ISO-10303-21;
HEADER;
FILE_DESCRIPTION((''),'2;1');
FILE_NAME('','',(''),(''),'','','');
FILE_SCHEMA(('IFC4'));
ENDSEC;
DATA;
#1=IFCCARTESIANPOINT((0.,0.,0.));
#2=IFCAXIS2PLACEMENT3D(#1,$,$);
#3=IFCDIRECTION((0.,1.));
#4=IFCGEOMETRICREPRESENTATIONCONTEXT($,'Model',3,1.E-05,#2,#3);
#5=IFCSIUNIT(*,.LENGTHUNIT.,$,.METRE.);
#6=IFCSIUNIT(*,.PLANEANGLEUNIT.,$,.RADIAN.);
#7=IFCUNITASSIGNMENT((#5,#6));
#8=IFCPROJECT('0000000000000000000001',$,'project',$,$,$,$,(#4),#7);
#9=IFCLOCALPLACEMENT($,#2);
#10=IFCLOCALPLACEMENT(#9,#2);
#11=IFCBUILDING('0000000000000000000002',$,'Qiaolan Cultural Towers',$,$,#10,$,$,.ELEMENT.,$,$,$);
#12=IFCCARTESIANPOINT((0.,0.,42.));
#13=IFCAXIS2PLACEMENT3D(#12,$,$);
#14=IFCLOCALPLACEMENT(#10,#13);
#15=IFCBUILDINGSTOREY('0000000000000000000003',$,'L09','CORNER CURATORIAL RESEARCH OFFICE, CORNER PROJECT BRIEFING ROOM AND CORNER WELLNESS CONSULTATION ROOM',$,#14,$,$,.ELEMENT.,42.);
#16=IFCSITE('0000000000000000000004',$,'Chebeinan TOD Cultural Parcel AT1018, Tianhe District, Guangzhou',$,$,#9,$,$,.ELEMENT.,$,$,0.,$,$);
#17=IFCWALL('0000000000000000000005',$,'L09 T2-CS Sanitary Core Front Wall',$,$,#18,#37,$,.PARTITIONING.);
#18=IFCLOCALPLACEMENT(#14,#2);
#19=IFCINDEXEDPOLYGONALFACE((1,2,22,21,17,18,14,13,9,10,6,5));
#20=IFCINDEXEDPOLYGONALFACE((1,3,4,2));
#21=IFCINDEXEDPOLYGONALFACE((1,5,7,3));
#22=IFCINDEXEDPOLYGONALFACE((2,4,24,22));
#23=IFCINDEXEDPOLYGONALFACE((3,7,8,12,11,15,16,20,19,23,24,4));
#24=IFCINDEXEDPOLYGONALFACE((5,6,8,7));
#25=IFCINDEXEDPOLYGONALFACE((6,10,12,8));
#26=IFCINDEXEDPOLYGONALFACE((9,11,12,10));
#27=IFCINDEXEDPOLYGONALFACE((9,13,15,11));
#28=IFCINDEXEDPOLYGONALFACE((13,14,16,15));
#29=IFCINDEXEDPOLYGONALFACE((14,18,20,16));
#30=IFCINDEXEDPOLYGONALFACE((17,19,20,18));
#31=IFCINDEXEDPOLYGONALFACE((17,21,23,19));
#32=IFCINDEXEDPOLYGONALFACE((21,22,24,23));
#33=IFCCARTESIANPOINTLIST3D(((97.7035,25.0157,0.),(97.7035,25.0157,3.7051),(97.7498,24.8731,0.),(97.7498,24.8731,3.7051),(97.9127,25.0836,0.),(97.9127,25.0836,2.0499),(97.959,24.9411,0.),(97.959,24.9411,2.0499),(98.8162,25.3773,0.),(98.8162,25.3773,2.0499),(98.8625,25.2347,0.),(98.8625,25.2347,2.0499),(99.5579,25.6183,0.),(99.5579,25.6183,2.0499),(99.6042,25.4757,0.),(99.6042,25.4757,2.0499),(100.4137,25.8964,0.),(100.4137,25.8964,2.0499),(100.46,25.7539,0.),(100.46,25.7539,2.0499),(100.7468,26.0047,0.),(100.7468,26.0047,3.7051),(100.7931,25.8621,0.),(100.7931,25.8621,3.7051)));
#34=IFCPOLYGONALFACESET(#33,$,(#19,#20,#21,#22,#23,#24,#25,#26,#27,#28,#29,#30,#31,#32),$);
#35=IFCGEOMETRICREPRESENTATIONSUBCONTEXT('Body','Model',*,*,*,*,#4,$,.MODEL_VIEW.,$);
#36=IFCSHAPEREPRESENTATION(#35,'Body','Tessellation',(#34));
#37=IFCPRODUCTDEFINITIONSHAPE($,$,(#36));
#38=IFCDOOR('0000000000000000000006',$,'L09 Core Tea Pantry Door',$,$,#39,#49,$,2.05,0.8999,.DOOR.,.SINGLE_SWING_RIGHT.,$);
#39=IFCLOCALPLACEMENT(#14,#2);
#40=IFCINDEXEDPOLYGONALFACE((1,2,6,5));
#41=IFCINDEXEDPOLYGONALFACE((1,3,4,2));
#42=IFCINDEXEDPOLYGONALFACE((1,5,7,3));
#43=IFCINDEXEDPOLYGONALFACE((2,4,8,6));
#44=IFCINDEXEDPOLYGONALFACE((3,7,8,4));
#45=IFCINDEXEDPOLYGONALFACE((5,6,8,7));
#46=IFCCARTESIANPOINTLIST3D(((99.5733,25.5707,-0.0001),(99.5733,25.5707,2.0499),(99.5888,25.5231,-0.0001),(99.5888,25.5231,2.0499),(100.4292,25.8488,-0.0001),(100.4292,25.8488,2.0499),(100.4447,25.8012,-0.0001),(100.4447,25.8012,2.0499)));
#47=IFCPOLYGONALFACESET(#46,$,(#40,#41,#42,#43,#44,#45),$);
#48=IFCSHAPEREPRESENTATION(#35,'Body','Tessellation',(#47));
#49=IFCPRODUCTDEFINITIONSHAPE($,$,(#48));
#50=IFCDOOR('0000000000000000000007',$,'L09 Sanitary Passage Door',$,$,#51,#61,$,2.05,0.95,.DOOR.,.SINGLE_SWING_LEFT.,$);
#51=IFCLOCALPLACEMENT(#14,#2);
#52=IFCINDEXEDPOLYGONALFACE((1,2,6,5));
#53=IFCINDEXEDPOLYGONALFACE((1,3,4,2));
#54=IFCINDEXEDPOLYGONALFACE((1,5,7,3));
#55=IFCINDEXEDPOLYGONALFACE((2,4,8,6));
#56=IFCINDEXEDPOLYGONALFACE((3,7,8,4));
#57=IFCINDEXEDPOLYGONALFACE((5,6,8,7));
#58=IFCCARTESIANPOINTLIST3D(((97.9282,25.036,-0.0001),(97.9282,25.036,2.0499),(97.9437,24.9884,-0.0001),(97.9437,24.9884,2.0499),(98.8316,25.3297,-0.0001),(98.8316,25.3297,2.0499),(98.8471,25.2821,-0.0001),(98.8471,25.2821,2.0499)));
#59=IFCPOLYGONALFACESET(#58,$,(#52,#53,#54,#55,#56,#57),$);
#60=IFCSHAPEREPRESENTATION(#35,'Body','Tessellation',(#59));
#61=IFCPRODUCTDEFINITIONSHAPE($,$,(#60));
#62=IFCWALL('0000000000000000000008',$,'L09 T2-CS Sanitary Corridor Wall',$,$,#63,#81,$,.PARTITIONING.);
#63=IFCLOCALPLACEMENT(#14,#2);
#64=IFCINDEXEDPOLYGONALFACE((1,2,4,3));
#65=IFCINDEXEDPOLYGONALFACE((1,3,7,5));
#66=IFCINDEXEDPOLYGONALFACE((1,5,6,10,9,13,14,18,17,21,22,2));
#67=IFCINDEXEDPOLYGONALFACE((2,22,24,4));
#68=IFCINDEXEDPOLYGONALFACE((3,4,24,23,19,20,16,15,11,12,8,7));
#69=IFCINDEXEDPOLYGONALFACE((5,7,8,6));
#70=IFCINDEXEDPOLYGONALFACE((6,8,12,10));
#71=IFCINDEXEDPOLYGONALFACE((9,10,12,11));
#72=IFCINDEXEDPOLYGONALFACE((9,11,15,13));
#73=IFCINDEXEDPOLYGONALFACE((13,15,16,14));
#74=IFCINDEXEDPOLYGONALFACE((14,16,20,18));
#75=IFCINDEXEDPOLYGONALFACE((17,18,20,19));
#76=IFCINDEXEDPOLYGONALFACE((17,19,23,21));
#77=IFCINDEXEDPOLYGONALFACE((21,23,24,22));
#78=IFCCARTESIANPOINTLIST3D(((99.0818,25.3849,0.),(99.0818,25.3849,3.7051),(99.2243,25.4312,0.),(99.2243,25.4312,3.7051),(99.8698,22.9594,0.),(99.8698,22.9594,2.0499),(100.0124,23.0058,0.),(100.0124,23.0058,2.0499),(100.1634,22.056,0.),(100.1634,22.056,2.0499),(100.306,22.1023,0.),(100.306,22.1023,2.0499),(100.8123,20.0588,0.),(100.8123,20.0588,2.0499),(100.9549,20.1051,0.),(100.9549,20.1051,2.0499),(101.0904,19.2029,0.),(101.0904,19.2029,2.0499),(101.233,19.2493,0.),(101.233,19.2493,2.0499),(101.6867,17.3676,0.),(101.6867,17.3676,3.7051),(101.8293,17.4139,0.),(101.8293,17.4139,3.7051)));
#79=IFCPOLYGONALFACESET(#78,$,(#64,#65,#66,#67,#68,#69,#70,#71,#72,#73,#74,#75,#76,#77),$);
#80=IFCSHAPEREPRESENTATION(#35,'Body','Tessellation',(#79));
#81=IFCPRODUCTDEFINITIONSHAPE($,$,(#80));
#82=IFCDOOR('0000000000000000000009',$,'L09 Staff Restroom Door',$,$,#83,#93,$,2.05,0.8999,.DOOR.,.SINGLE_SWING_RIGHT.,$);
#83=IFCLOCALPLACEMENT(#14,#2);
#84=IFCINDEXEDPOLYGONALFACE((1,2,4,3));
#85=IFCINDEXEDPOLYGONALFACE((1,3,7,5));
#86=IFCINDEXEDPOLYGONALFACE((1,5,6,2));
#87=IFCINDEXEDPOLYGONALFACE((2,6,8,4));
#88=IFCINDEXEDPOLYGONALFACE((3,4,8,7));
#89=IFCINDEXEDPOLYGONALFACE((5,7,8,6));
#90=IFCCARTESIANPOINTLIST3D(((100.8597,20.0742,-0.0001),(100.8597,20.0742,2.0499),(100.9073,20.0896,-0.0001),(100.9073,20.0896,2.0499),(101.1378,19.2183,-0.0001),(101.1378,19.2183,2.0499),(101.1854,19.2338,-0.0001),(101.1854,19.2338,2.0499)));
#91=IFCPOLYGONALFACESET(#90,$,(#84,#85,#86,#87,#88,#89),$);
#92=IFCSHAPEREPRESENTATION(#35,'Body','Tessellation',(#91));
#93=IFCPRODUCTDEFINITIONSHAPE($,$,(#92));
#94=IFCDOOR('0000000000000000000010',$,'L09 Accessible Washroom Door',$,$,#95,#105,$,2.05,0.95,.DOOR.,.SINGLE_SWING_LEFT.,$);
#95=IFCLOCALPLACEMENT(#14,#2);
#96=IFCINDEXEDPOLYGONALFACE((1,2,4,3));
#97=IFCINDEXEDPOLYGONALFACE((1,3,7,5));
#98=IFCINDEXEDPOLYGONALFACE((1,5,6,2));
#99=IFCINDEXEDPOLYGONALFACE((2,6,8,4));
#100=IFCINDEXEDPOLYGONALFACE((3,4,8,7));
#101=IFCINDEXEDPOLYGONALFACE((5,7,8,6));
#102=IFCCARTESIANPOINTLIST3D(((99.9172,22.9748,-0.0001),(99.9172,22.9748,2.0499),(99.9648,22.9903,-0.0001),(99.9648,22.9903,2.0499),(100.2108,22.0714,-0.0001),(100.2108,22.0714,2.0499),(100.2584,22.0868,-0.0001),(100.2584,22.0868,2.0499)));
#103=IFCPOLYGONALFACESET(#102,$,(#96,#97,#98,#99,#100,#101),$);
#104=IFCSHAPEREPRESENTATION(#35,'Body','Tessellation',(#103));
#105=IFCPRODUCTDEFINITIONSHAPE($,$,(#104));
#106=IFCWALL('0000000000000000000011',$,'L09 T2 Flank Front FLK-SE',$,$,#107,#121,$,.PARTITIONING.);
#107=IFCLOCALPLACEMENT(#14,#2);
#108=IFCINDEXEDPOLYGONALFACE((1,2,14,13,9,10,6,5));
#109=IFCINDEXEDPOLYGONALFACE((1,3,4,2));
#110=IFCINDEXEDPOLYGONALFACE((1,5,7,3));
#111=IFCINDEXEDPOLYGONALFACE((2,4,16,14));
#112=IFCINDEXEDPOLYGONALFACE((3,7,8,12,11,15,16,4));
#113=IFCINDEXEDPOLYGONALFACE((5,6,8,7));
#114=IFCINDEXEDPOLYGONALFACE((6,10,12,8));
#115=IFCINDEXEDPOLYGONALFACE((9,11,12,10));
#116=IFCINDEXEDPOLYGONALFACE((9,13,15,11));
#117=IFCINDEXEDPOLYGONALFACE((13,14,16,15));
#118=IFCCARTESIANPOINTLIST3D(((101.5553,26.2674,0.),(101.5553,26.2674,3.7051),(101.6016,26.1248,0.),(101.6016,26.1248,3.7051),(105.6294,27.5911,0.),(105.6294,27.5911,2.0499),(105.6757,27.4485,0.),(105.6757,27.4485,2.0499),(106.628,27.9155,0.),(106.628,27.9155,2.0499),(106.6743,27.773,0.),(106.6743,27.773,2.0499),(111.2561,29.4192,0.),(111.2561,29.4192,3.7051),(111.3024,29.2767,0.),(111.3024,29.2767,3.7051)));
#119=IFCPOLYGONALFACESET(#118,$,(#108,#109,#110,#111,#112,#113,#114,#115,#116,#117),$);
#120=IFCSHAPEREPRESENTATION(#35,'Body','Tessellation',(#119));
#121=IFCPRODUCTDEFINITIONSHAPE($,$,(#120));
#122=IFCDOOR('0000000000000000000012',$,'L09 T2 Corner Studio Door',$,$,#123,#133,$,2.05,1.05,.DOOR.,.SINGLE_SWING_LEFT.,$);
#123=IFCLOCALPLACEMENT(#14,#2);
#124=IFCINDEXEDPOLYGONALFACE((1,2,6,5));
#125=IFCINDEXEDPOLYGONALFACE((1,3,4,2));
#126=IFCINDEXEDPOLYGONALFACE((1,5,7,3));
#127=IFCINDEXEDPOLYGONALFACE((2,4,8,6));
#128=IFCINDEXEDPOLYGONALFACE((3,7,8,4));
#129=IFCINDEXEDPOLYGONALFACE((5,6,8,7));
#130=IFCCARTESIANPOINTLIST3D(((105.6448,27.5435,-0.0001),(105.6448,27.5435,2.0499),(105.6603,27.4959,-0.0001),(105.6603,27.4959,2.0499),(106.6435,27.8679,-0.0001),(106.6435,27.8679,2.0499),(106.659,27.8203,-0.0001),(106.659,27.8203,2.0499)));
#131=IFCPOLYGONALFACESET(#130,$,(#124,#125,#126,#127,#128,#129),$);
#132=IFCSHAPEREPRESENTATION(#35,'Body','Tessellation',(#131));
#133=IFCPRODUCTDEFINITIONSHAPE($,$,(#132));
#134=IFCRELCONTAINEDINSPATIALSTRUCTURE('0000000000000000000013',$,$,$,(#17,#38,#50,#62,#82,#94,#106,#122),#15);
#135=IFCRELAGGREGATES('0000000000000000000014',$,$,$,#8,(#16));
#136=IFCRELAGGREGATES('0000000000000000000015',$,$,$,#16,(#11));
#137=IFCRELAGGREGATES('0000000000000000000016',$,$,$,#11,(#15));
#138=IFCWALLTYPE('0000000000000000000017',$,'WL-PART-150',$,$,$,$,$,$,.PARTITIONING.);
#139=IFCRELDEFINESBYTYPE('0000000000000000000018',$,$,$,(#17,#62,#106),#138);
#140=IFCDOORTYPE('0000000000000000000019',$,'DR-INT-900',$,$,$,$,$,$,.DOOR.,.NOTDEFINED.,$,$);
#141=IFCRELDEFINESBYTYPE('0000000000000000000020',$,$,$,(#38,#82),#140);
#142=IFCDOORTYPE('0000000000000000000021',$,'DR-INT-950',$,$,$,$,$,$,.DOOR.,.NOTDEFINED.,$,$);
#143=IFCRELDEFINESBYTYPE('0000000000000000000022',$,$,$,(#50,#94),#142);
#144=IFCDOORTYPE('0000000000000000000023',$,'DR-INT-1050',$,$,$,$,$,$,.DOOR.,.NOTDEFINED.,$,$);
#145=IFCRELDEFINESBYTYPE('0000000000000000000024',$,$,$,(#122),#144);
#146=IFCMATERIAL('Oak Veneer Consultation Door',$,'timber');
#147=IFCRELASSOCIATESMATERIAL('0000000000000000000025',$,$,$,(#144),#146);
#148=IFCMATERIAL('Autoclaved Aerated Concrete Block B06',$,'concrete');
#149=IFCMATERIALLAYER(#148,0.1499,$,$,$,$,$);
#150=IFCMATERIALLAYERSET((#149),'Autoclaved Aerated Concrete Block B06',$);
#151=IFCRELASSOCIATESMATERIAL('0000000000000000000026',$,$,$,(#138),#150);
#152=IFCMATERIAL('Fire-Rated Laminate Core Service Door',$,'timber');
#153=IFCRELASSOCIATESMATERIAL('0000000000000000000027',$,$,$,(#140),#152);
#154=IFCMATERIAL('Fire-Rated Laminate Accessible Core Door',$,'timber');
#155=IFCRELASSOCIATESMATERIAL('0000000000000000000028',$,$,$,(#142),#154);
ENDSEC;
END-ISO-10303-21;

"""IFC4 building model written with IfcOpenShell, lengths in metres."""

from ifc_helpers import new_model, si_unit, direction, frame, frame_2d, origin, place, context, subcontext, project, spatial, rectangle, extrude, material, layer, layer_set, type_object, element, fill, save


model = new_model("IFC4")

# Units and contexts
model_context = context("Model", 3, precision=1e-05, world=origin(), true_north=direction((0.0, 1.0)))
body_context = subcontext(model_context, "Body", "Model", "MODEL_VIEW")
ifc_project = project(units=[si_unit("LENGTHUNIT", "METRE"), si_unit("PLANEANGLEUNIT", "RADIAN")], contexts=[model_context])

# Site, building, storey
site_placement = place(None, origin())
site = spatial("IfcSite", under=ifc_project, at=site_placement, Name="Chebeinan TOD Cultural Parcel AT1018, Tianhe District, Guangzhou", CompositionType="ELEMENT", RefElevation=0.0)
building_placement = place(site_placement, origin())
building = spatial("IfcBuilding", under=site, at=building_placement, Name="Qiaolan Cultural Towers", CompositionType="ELEMENT")
storey_placement = place(building_placement, frame((0.0, 0.0, 42.0)))
storey = spatial("IfcBuildingStorey", under=building, at=storey_placement, Name="L09", Description="CORNER CURATORIAL RESEARCH OFFICE, CORNER PROJECT BRIEFING ROOM AND CORNER WELLNESS CONSULTATION ROOM", CompositionType="ELEMENT", Elevation=42.0)

# Walls, openings, doors
ifc_material_1 = material(Name="Oak Veneer Consultation Door", Category="timber")
door_type_1 = type_object("IfcDoorType", Name="DR-INT-1050", OperationType="NOTDEFINED", PredefinedType="DOOR", material=ifc_material_1)
ifc_material_2 = material(Name="Autoclaved Aerated Concrete Block B06", Category="concrete")
ifc_layer_1 = layer(ifc_material_2, 0.1499)
ifc_layer_set_1 = layer_set([ifc_layer_1], Name="Autoclaved Aerated Concrete Block B06")
wall_type_1 = type_object("IfcWallType", Name="WL-PART-150", PredefinedType="PARTITIONING", material=ifc_layer_set_1)
wall_1_placement = place(storey_placement, frame((97.7266, 24.9443, 0.0), z_axis=(0.0, 0.0, 1.0), x_axis=(0.951037, 0.309077, 0.0)))
wall_1 = element("IfcWall", 1, at=wall_1_placement, inside=storey, type_object=wall_type_1, Name="L09 T2-CS Sanitary Core Front Wall", PredefinedType="PARTITIONING", context=body_context, shape_type="SweptSolid", body=[
    extrude(rectangle(XDim=3.2, YDim=0.1499, at=frame_2d((1.6001, 0.0))), origin(), (0.0, 0.0, 1.0), 3.7051),
])
opening_1_placement = place(wall_1_placement, frame((0.22, 0.0, 0.0)))
opening_1 = element("IfcOpeningElement", 2, at=opening_1_placement, cuts=wall_1, PredefinedType="OPENING", context=body_context, shape_type="SweptSolid", body=[
    extrude(rectangle(XDim=0.95, YDim=2.05, at=frame_2d((0.4751, 1.0249))), frame((0.0, 0.085, 0.0), z_axis=(0.0, -1.0, 0.0), x_axis=(1.0, 0.0, 0.0)), (0.0, 0.0, 1.0), 0.1699),
])
opening_2_placement = place(wall_1_placement, frame((1.95, 0.0, 0.0)))
opening_2 = element("IfcOpeningElement", 3, at=opening_2_placement, cuts=wall_1, PredefinedType="OPENING", context=body_context, shape_type="SweptSolid", body=[
    extrude(rectangle(XDim=0.8999, YDim=2.05, at=frame_2d((0.45, 1.0249))), frame((0.0, 0.085, 0.0), z_axis=(0.0, -1.0, 0.0), x_axis=(1.0, 0.0, 0.0)), (0.0, 0.0, 1.0), 0.1699),
])
ifc_material_3 = material(Name="Fire-Rated Laminate Core Service Door", Category="timber")
door_type_2 = type_object("IfcDoorType", Name="DR-INT-900", OperationType="NOTDEFINED", PredefinedType="DOOR", material=ifc_material_3)
door_1_placement = place(opening_2_placement, origin())
door_1 = element("IfcDoor", 4, at=door_1_placement, inside=storey, type_object=door_type_2, Name="L09 Core Tea Pantry Door", OperationType="SINGLE_SWING_RIGHT", OverallHeight=2.05, OverallWidth=0.8999, PredefinedType="DOOR", context=body_context, shape_type="SweptSolid", body=[
    extrude(rectangle(XDim=0.8999, YDim=2.05, at=frame_2d((0.45, 1.0249))), frame((0.0, 0.0249, 0.0), z_axis=(0.0, -1.0, 0.0), x_axis=(1.0, 0.0, 0.0)), (0.0, 0.0, 1.0), 0.05),
])
fill(opening_2, door_1)
ifc_material_4 = material(Name="Fire-Rated Laminate Accessible Core Door", Category="timber")
door_type_3 = type_object("IfcDoorType", Name="DR-INT-950", OperationType="NOTDEFINED", PredefinedType="DOOR", material=ifc_material_4)
door_2_placement = place(opening_1_placement, origin())
door_2 = element("IfcDoor", 5, at=door_2_placement, inside=storey, type_object=door_type_3, Name="L09 Sanitary Passage Door", OperationType="SINGLE_SWING_LEFT", OverallHeight=2.05, OverallWidth=0.95, PredefinedType="DOOR", context=body_context, shape_type="SweptSolid", body=[
    extrude(rectangle(XDim=0.95, YDim=2.05, at=frame_2d((0.4751, 1.0249))), frame((0.0, 0.0249, 0.0), z_axis=(0.0, -1.0, 0.0), x_axis=(1.0, 0.0, 0.0)), (0.0, 0.0, 1.0), 0.05),
])
fill(opening_1, door_2)
wall_2_placement = place(storey_placement, frame((99.1531, 25.408, 0.0), z_axis=(0.0, 0.0, 1.0), x_axis=(0.309016, -0.951057, 0.0)))
wall_2 = element("IfcWall", 6, at=wall_2_placement, inside=storey, type_object=wall_type_1, Name="L09 T2-CS Sanitary Corridor Wall", PredefinedType="PARTITIONING", context=body_context, shape_type="SweptSolid", body=[
    extrude(rectangle(XDim=8.4299, YDim=0.1499, at=frame_2d((4.2148, 0.0))), origin(), (0.0, 0.0, 1.0), 3.7051),
])
opening_3_placement = place(wall_2_placement, frame((2.55, 0.0, 0.0)))
opening_3 = element("IfcOpeningElement", 7, at=opening_3_placement, cuts=wall_2, PredefinedType="OPENING", context=body_context, shape_type="SweptSolid", body=[
    extrude(rectangle(XDim=0.95, YDim=2.05, at=frame_2d((0.4751, 1.0249))), frame((0.0, 0.085, 0.0), z_axis=(0.0, -1.0, 0.0), x_axis=(1.0, 0.0, 0.0)), (0.0, 0.0, 1.0), 0.1699),
])
opening_4_placement = place(wall_2_placement, frame((5.6001, 0.0, 0.0)))
opening_4 = element("IfcOpeningElement", 8, at=opening_4_placement, cuts=wall_2, PredefinedType="OPENING", context=body_context, shape_type="SweptSolid", body=[
    extrude(rectangle(XDim=0.8999, YDim=2.05, at=frame_2d((0.45, 1.0249))), frame((0.0, 0.085, 0.0), z_axis=(0.0, -1.0, 0.0), x_axis=(1.0, 0.0, 0.0)), (0.0, 0.0, 1.0), 0.1699),
])
door_3_placement = place(opening_4_placement, origin())
door_3 = element("IfcDoor", 9, at=door_3_placement, inside=storey, type_object=door_type_2, Name="L09 Staff Restroom Door", OperationType="SINGLE_SWING_RIGHT", OverallHeight=2.05, OverallWidth=0.8999, PredefinedType="DOOR", context=body_context, shape_type="SweptSolid", body=[
    extrude(rectangle(XDim=0.8999, YDim=2.05, at=frame_2d((0.45, 1.0249))), frame((0.0, 0.0249, 0.0), z_axis=(0.0, -1.0, 0.0), x_axis=(1.0, 0.0, 0.0)), (0.0, 0.0, 1.0), 0.05),
])
fill(opening_4, door_3)
door_4_placement = place(opening_3_placement, origin())
door_4 = element("IfcDoor", 10, at=door_4_placement, inside=storey, type_object=door_type_3, Name="L09 Accessible Washroom Door", OperationType="SINGLE_SWING_LEFT", OverallHeight=2.05, OverallWidth=0.95, PredefinedType="DOOR", context=body_context, shape_type="SweptSolid", body=[
    extrude(rectangle(XDim=0.95, YDim=2.05, at=frame_2d((0.4751, 1.0249))), frame((0.0, 0.0249, 0.0), z_axis=(0.0, -1.0, 0.0), x_axis=(1.0, 0.0, 0.0)), (0.0, 0.0, 1.0), 0.05),
])
fill(opening_3, door_4)

# Wall, opening, door
wall_3_placement = place(storey_placement, frame((101.5784, 26.196, 0.0), z_axis=(0.0, 0.0, 1.0), x_axis=(0.951059, 0.309009, 0.0)))
wall_3 = element("IfcWall", 11, at=wall_3_placement, inside=storey, type_object=wall_type_1, Name="L09 T2 Flank Front FLK-SE", PredefinedType="PARTITIONING", context=body_context, shape_type="SweptSolid", body=[
    extrude(rectangle(XDim=10.2, YDim=0.1499, at=frame_2d((5.1001, 0.0))), origin(), (0.0, 0.0, 1.0), 3.7051),
])
opening_5_placement = place(wall_3_placement, frame((4.2839, 0.0, 0.0)))
opening_5 = element("IfcOpeningElement", 12, at=opening_5_placement, cuts=wall_3, PredefinedType="OPENING", context=body_context, shape_type="SweptSolid", body=[
    extrude(rectangle(XDim=1.05, YDim=2.05, at=frame_2d((0.5249, 1.0249))), frame((0.0, 0.085, 0.0), z_axis=(0.0, -1.0, 0.0), x_axis=(1.0, 0.0, 0.0)), (0.0, 0.0, 1.0), 0.1699),
])
door_5_placement = place(opening_5_placement, origin())
door_5 = element("IfcDoor", 13, at=door_5_placement, inside=storey, type_object=door_type_1, Name="L09 T2 Corner Studio Door", OperationType="SINGLE_SWING_LEFT", OverallHeight=2.05, OverallWidth=1.05, PredefinedType="DOOR", context=body_context, shape_type="SweptSolid", body=[
    extrude(rectangle(XDim=1.05, YDim=2.05, at=frame_2d((0.5249, 1.0249))), frame((0.0, 0.0249, 0.0), z_axis=(0.0, -1.0, 0.0), x_axis=(1.0, 0.0, 0.0)), (0.0, 0.0, 1.0), 0.05),
])
fill(opening_5, door_5)

save(model, "model.ifc")
